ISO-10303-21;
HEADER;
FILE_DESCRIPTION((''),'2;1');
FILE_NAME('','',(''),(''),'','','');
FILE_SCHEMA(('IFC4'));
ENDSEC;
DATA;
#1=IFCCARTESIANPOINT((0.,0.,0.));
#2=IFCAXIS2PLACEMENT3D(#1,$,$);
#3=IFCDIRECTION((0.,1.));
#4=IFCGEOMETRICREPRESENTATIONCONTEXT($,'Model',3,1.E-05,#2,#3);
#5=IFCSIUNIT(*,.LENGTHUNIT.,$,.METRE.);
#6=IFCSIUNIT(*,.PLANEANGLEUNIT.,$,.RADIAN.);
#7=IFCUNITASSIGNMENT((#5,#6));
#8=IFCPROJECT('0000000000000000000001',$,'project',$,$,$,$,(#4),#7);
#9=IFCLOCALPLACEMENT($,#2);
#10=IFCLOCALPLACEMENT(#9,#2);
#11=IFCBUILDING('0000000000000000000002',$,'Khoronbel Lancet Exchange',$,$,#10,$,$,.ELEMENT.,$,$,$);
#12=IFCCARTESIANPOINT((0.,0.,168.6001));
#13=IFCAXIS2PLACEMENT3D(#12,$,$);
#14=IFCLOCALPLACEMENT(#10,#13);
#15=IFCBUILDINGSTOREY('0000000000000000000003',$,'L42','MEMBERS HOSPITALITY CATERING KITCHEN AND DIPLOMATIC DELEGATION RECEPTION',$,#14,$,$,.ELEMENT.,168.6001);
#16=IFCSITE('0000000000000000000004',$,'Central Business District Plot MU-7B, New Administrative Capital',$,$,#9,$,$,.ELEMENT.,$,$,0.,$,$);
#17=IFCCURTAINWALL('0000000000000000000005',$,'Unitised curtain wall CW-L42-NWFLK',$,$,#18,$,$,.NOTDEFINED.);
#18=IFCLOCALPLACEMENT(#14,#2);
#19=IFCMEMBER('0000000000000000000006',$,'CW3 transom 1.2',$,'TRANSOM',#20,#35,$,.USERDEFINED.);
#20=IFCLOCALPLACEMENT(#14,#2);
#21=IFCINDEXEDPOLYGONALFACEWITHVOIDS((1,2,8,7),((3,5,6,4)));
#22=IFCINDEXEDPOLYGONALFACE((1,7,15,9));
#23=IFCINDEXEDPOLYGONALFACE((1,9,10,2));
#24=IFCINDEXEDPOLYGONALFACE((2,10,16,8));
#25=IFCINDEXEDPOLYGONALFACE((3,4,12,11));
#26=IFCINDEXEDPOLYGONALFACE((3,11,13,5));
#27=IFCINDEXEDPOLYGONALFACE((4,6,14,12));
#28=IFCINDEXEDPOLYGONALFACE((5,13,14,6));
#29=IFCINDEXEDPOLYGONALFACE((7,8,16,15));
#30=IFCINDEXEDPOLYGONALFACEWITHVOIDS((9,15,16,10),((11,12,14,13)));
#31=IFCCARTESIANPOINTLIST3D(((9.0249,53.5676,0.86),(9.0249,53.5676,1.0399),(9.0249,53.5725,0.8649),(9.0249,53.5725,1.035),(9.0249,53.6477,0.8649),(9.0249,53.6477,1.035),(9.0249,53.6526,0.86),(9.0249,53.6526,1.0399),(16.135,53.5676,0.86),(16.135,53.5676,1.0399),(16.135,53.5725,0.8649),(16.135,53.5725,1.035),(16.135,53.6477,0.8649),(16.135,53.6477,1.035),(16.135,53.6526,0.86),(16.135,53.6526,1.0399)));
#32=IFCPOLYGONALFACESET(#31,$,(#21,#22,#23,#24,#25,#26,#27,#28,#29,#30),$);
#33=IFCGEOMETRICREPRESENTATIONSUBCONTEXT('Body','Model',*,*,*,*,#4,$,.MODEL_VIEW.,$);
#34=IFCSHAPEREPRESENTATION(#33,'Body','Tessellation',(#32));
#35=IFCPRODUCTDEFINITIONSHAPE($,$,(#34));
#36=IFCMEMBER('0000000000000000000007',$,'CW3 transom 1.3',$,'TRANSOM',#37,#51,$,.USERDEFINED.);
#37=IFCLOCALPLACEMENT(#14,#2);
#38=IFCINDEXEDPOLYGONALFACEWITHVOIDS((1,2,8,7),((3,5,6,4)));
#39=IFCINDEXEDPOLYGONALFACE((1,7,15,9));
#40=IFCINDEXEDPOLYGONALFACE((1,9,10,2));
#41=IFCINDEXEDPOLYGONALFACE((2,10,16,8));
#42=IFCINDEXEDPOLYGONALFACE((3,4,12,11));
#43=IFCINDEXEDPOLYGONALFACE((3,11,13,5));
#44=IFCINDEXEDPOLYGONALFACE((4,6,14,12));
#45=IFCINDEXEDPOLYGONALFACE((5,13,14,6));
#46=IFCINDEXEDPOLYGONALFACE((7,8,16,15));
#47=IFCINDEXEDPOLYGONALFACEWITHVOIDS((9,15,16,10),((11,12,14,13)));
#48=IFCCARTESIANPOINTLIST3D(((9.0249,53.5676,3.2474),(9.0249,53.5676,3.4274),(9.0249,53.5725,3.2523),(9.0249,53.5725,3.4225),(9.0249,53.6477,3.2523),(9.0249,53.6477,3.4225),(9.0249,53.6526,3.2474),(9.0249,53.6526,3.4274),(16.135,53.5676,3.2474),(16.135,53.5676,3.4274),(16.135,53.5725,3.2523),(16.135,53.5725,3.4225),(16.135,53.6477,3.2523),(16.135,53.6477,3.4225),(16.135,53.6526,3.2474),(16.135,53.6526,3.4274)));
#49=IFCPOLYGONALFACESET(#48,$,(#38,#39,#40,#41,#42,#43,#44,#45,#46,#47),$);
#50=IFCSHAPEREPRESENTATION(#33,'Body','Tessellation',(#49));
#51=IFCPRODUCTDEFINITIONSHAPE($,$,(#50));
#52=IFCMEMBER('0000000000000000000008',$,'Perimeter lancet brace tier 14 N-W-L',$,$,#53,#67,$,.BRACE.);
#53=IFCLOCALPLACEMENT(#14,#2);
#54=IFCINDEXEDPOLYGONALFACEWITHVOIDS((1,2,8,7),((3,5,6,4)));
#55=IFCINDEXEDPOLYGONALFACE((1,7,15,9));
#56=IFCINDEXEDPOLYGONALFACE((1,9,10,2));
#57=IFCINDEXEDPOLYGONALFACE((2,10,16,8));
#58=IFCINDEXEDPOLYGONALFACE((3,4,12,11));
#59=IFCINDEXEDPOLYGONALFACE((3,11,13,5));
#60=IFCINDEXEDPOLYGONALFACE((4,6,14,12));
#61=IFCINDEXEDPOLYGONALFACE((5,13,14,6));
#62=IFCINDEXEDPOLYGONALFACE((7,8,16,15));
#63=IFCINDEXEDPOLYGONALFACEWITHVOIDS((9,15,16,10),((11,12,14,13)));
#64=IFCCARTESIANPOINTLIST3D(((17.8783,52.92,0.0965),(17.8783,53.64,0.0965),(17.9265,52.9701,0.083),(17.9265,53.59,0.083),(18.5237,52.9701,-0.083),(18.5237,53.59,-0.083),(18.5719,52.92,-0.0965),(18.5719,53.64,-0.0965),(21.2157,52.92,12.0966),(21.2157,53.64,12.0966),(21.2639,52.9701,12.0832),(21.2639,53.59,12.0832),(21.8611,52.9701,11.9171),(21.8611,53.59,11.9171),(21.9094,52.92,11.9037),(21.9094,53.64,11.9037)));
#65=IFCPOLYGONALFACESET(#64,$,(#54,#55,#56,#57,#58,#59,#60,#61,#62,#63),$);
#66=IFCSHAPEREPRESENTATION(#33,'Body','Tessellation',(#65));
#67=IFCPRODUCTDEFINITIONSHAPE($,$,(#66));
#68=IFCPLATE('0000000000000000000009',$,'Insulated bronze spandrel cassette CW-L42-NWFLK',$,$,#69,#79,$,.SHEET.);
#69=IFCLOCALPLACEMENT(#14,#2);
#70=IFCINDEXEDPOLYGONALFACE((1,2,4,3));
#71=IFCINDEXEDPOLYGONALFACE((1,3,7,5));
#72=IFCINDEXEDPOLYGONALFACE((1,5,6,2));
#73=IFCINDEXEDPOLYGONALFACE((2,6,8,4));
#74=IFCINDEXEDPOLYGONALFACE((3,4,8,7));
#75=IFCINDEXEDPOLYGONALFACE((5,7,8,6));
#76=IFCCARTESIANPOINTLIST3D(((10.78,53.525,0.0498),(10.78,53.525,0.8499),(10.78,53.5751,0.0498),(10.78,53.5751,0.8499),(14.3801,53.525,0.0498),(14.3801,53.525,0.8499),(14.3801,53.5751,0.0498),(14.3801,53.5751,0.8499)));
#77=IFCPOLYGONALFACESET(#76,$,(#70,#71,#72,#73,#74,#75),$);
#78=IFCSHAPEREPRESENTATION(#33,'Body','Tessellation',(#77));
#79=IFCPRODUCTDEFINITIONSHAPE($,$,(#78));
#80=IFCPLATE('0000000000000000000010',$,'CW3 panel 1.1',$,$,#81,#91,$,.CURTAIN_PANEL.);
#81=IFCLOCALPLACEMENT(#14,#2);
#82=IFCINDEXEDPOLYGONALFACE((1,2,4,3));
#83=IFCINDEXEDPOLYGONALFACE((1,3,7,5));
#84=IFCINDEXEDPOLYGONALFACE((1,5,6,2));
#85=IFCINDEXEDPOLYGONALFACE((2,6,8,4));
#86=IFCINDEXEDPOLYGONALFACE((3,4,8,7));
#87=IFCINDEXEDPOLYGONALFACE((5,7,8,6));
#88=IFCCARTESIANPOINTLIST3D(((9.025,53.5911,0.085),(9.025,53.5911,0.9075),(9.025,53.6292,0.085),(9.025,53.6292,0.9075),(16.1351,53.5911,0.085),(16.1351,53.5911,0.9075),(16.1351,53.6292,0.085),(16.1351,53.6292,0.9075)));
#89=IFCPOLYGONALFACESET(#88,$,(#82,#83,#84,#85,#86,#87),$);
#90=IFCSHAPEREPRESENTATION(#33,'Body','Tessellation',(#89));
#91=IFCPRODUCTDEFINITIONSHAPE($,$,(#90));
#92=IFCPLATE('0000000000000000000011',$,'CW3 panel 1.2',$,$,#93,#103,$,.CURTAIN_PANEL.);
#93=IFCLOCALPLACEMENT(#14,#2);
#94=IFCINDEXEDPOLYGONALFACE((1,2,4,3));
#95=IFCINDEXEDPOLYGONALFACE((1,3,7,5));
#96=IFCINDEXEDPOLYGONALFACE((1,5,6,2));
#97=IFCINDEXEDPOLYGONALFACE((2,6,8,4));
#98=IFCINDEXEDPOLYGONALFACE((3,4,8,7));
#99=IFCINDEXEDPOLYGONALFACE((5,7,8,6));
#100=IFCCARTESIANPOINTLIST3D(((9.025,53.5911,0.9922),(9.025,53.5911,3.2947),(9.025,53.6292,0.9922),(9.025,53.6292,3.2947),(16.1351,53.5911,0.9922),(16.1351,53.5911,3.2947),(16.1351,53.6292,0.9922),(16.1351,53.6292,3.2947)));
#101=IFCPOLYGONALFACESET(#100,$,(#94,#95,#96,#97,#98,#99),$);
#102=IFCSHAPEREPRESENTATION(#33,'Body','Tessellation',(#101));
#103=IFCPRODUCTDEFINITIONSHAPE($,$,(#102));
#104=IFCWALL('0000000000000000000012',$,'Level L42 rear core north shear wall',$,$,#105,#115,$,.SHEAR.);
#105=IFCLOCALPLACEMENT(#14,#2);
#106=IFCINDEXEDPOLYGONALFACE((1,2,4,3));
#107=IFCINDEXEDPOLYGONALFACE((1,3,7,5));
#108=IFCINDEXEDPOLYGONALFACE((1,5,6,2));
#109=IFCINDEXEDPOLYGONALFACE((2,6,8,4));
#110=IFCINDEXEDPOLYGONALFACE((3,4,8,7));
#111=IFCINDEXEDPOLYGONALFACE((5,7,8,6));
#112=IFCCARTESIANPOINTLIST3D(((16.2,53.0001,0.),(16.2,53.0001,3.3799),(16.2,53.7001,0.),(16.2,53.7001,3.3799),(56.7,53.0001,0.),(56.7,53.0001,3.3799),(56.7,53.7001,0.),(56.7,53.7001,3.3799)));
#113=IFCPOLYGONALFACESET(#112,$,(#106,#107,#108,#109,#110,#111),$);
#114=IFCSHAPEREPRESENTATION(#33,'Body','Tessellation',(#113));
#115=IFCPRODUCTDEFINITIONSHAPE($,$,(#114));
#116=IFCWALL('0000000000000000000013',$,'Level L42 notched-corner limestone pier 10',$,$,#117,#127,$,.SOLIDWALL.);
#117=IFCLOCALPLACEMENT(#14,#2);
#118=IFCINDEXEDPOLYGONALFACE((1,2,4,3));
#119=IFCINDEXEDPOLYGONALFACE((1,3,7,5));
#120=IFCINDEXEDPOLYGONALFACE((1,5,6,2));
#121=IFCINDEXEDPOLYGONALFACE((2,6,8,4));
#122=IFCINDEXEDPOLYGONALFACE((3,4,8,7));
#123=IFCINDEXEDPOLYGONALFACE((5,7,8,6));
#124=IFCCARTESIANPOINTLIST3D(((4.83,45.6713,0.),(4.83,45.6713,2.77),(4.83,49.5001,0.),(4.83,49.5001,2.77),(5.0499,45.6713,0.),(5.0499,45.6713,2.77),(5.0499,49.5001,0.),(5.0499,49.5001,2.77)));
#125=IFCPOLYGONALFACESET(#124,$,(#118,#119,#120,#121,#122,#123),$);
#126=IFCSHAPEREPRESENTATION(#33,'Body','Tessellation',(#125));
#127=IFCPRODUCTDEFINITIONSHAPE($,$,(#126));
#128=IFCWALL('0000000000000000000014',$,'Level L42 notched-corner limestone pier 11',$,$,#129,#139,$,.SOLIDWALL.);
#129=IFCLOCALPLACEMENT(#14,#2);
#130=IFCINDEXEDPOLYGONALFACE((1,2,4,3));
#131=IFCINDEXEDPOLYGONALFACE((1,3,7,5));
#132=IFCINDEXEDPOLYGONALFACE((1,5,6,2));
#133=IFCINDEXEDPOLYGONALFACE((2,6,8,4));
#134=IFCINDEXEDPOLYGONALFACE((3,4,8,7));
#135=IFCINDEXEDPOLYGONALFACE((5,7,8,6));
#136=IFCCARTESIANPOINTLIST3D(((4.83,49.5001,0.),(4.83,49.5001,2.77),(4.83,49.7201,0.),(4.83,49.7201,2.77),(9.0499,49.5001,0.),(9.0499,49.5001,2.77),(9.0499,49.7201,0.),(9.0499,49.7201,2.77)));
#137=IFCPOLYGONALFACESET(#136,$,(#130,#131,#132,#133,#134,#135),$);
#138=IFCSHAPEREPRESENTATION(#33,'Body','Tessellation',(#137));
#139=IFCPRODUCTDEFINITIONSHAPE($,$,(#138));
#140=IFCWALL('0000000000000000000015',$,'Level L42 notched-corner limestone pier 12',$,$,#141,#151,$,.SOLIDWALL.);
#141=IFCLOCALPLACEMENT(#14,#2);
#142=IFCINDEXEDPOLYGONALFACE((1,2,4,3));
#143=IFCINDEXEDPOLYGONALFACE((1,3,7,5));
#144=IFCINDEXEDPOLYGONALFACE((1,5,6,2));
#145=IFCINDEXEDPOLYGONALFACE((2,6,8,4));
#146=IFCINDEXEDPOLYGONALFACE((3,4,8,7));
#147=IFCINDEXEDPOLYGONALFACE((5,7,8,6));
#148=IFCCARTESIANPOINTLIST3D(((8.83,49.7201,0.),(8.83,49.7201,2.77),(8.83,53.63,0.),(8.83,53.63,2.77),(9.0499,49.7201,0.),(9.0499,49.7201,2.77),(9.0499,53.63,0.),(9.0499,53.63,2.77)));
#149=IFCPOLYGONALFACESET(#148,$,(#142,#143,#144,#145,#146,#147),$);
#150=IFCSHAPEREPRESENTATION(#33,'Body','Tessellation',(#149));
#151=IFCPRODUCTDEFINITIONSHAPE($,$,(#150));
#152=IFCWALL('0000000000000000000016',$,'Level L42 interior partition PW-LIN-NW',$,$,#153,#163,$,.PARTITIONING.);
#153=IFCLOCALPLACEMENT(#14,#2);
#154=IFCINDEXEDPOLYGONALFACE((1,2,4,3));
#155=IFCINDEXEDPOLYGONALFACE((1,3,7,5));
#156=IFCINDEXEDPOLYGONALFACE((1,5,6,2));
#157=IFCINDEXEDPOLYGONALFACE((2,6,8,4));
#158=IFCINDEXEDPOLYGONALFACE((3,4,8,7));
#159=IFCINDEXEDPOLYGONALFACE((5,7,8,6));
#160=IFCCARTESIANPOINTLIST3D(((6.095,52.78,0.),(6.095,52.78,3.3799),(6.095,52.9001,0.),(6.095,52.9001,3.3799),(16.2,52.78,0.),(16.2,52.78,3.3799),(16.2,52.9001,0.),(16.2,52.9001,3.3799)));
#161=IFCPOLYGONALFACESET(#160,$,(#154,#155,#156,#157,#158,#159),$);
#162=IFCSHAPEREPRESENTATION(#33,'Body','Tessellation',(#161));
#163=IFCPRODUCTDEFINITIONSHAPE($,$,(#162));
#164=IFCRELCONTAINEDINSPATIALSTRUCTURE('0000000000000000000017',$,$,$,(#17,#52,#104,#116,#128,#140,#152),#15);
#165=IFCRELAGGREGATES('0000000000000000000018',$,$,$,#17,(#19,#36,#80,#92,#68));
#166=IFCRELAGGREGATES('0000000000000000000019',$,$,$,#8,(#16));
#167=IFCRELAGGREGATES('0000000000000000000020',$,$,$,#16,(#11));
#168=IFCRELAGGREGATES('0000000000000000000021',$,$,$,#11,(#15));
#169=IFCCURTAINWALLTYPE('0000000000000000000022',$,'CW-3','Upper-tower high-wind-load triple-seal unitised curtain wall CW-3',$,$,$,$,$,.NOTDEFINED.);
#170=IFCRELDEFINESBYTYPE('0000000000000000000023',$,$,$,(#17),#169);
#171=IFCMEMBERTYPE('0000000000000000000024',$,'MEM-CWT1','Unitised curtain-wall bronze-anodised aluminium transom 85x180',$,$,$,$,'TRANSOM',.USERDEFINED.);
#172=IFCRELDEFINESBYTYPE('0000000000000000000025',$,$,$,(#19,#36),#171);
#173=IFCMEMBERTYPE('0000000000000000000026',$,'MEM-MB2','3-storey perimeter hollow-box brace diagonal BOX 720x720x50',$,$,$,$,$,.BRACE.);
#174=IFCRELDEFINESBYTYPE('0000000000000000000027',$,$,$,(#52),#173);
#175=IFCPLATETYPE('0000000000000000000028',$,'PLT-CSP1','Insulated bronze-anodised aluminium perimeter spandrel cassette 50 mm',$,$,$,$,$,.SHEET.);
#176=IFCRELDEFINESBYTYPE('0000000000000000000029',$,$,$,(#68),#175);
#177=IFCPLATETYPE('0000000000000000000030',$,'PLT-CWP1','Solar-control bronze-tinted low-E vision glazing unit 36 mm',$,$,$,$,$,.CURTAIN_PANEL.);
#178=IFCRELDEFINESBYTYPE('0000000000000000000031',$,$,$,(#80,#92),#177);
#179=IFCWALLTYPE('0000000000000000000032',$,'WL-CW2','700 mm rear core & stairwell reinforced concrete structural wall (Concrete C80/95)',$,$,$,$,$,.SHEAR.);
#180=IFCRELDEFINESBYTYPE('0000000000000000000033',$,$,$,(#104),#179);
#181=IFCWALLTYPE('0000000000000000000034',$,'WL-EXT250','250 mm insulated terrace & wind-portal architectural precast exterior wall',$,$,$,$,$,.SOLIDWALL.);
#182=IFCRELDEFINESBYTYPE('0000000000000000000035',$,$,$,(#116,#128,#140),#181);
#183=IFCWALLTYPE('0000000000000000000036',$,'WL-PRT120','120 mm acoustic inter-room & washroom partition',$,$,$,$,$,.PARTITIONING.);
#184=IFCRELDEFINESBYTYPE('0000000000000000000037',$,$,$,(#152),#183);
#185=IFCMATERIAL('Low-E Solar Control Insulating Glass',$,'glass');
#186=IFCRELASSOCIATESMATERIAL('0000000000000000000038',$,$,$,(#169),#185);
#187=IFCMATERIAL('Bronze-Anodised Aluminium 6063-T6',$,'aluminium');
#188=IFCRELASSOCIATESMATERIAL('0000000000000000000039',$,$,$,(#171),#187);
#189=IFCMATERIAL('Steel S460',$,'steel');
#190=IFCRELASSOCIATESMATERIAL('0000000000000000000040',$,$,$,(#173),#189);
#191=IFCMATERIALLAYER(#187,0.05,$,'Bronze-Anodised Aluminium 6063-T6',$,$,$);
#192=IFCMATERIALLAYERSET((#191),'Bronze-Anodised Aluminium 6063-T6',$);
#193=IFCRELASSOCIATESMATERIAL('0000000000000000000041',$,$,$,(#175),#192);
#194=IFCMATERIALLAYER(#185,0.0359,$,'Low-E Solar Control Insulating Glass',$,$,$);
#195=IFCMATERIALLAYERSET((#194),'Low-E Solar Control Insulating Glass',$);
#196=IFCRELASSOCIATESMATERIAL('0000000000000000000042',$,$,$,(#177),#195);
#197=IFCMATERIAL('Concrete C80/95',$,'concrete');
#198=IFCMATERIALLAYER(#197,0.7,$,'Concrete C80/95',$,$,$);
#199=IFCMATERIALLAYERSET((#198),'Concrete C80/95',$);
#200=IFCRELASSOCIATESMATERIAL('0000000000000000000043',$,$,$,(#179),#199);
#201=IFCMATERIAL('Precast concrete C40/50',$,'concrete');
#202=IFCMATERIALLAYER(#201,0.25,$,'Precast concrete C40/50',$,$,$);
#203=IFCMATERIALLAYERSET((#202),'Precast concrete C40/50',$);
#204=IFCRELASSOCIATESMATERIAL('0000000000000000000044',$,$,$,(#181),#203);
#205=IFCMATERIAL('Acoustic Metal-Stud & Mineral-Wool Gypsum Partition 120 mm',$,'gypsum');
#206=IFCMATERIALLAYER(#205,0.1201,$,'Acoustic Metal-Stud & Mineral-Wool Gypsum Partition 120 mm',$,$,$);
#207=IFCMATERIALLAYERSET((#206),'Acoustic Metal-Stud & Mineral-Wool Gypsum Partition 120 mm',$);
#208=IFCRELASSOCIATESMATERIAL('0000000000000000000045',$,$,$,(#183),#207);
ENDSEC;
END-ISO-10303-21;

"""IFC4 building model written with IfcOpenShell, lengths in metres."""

from ifc_helpers import new_model, si_unit, direction, frame, frame_2d, origin, origin_2d, place, context, subcontext, project, spatial, rectangle, hollow_rectangle, extrude, material, layer, layer_set, material_profile, profile_set, type_object, element, aggregate, save


model = new_model("IFC4")

# Units and contexts
model_context = context("Model", 3, precision=1e-05, world=origin(), true_north=direction((0.0, 1.0)))
body_context = subcontext(model_context, "Body", "Model", "MODEL_VIEW")
ifc_project = project(units=[si_unit("LENGTHUNIT", "METRE"), si_unit("PLANEANGLEUNIT", "RADIAN")], contexts=[model_context])

# Site, building, storey
site_placement = place(None, origin())
site = spatial("IfcSite", under=ifc_project, at=site_placement, Name="Central Business District Plot MU-7B, New Administrative Capital", CompositionType="ELEMENT", RefElevation=0.0)
building_placement = place(site_placement, origin())
building = spatial("IfcBuilding", under=site, at=building_placement, Name="Khoronbel Lancet Exchange", CompositionType="ELEMENT")
storey_placement = place(building_placement, frame((0.0, 0.0, 168.6001)))
storey = spatial("IfcBuildingStorey", under=building, at=storey_placement, Name="L42", Description="MEMBERS HOSPITALITY CATERING KITCHEN AND DIPLOMATIC DELEGATION RECEPTION", CompositionType="ELEMENT", Elevation=168.6001)

# Shared definitions
ifc_material_1 = material(Name="Steel S460", Category="steel")

# Curtain wall, members
ifc_material_2 = material(Name="Low-E Solar Control Insulating Glass", Category="glass")
curtain_wall_type = type_object("IfcCurtainWallType", Name="CW-3", Description="Upper-tower high-wind-load triple-seal unitised curtain wall CW-3", PredefinedType="NOTDEFINED", material=ifc_material_2)
curtain_wall_placement = place(storey_placement, origin())
curtain_wall = element("IfcCurtainWall", 1, at=curtain_wall_placement, inside=storey, type_object=curtain_wall_type, Name="Unitised curtain wall CW-L42-NWFLK", PredefinedType="NOTDEFINED")
ifc_material_3 = material(Name="Bronze-Anodised Aluminium 6063-T6", Category="aluminium")
ifc_material_profile_1 = material_profile(ifc_material_3, hollow_rectangle(XDim=0.085, YDim=0.1799, WallThickness=0.0049, at=origin_2d()), Name="ALU TRANSOM 85x180")
ifc_profile_set_1 = profile_set([ifc_material_profile_1], Name="Bronze-Anodised Aluminium 6063-T6")
member_type_1 = type_object("IfcMemberType", Name="MEM-CWT1", Description="Unitised curtain-wall bronze-anodised aluminium transom 85x180", ElementType="TRANSOM", PredefinedType="USERDEFINED", material=ifc_profile_set_1)
member_1_placement = place(storey_placement, frame((16.135, 53.6101, 0.95), z_axis=(-1.0, 0.0, 0.0), x_axis=(0.0, -1.0, 0.0)))
member_1 = element("IfcMember", 2, at=member_1_placement, type_object=member_type_1, Name="CW3 transom 1.2", ObjectType="TRANSOM", PredefinedType="USERDEFINED", context=body_context, shape_type="SweptSolid", body=[
    extrude(hollow_rectangle(XDim=0.085, YDim=0.1799, WallThickness=0.0049, at=origin_2d()), origin(), (0.0, 0.0, 1.0), 7.1101),
])
member_2_placement = place(storey_placement, frame((16.135, 53.6101, 3.3374), z_axis=(-1.0, 0.0, 0.0), x_axis=(0.0, -1.0, 0.0)))
member_2 = element("IfcMember", 3, at=member_2_placement, type_object=member_type_1, Name="CW3 transom 1.3", ObjectType="TRANSOM", PredefinedType="USERDEFINED", context=body_context, shape_type="SweptSolid", body=[
    extrude(hollow_rectangle(XDim=0.085, YDim=0.1799, WallThickness=0.0049, at=origin_2d()), origin(), (0.0, 0.0, 1.0), 7.1101),
])

# Member
ifc_material_profile_2 = material_profile(ifc_material_1, hollow_rectangle(XDim=0.72, YDim=0.72, WallThickness=0.05, at=origin_2d()), Name="BOX 720x720x50")
ifc_profile_set_2 = profile_set([ifc_material_profile_2], Name="Steel S460")
member_type_2 = type_object("IfcMemberType", Name="MEM-MB2", Description="3-storey perimeter hollow-box brace diagonal BOX 720x720x50", PredefinedType="BRACE", material=ifc_profile_set_2)
member_3_placement = place(storey_placement, frame((18.2251, 53.28, 0.0), z_axis=(0.267947, 0.0, 0.963434), x_axis=(0.0, 1.0, 0.0)))
element("IfcMember", 4, at=member_3_placement, inside=storey, type_object=member_type_2, Name="Perimeter lancet brace tier 14 N-W-L", PredefinedType="BRACE", context=body_context, shape_type="SweptSolid", body=[
    extrude(hollow_rectangle(XDim=0.72, YDim=0.72, WallThickness=0.05, at=origin_2d()), origin(), (0.0, 0.0, 1.0), 12.4556),
])

# Plates
ifc_layer_1 = layer(ifc_material_3, 0.05, Name="Bronze-Anodised Aluminium 6063-T6")
ifc_layer_set_1 = layer_set([ifc_layer_1], Name="Bronze-Anodised Aluminium 6063-T6")
plate_type_1 = type_object("IfcPlateType", Name="PLT-CSP1", Description="Insulated bronze-anodised aluminium perimeter spandrel cassette 50 mm", PredefinedType="SHEET", material=ifc_layer_set_1)
plate_1_placement = place(storey_placement, frame((12.5801, 53.55, 0.0498), z_axis=(0.0, 0.0, 1.0), x_axis=(-1.0, 0.0, 0.0)))
plate_1 = element("IfcPlate", 5, at=plate_1_placement, type_object=plate_type_1, Name="Insulated bronze spandrel cassette CW-L42-NWFLK", PredefinedType="SHEET", context=body_context, shape_type="SweptSolid", body=[
    extrude(rectangle(XDim=3.6001, YDim=0.05, at=origin_2d()), origin(), (0.0, 0.0, 1.0), 0.8),
])
ifc_layer_2 = layer(ifc_material_2, 0.0359, Name="Low-E Solar Control Insulating Glass")
ifc_layer_set_2 = layer_set([ifc_layer_2], Name="Low-E Solar Control Insulating Glass")
plate_type_2 = type_object("IfcPlateType", Name="PLT-CWP1", Description="Solar-control bronze-tinted low-E vision glazing unit 36 mm", PredefinedType="CURTAIN_PANEL", material=ifc_layer_set_2)
plate_2_placement = place(storey_placement, frame((12.5801, 53.6101, 0.085), z_axis=(0.0, 0.0, 1.0), x_axis=(-1.0, 0.0, 0.0)))
plate_2 = element("IfcPlate", 6, at=plate_2_placement, type_object=plate_type_2, Name="CW3 panel 1.1", PredefinedType="CURTAIN_PANEL", context=body_context, shape_type="SweptSolid", body=[
    extrude(rectangle(XDim=7.1101, YDim=0.0381, at=origin_2d()), origin(), (0.0, 0.0, 1.0), 0.8225),
])
plate_3_placement = place(storey_placement, frame((12.5801, 53.6101, 0.9922), z_axis=(0.0, 0.0, 1.0), x_axis=(-1.0, 0.0, 0.0)))
plate_3 = element("IfcPlate", 7, at=plate_3_placement, type_object=plate_type_2, Name="CW3 panel 1.2", PredefinedType="CURTAIN_PANEL", context=body_context, shape_type="SweptSolid", body=[
    extrude(rectangle(XDim=7.1101, YDim=0.0381, at=origin_2d()), origin(), (0.0, 0.0, 1.0), 2.3025),
])
aggregate(curtain_wall, [member_1, member_2, plate_2, plate_3, plate_1])

# Walls
ifc_material_4 = material(Name="Concrete C80/95", Category="concrete")
ifc_layer_3 = layer(ifc_material_4, 0.7, Name="Concrete C80/95")
ifc_layer_set_3 = layer_set([ifc_layer_3], Name="Concrete C80/95")
wall_type_1 = type_object("IfcWallType", Name="WL-CW2", Description="700 mm rear core & stairwell reinforced concrete structural wall (Concrete C80/95)", PredefinedType="SHEAR", material=ifc_layer_set_3)
wall_1_placement = place(storey_placement, frame((16.2, 53.3501, 0.0), z_axis=(0.0, 0.0, 1.0), x_axis=(1.0, 0.0, 0.0)))
element("IfcWall", 8, at=wall_1_placement, inside=storey, type_object=wall_type_1, Name="Level L42 rear core north shear wall", PredefinedType="SHEAR", context=body_context, shape_type="SweptSolid", body=[
    extrude(rectangle(XDim=40.5, YDim=0.7, at=frame_2d((20.25, 0.0))), origin(), (0.0, 0.0, 1.0), 3.3799),
])
ifc_material_5 = material(Name="Precast concrete C40/50", Category="concrete")
ifc_layer_4 = layer(ifc_material_5, 0.25, Name="Precast concrete C40/50")
ifc_layer_set_4 = layer_set([ifc_layer_4], Name="Precast concrete C40/50")
wall_type_2 = type_object("IfcWallType", Name="WL-EXT250", Description="250 mm insulated terrace & wind-portal architectural precast exterior wall", PredefinedType="SOLIDWALL", material=ifc_layer_set_4)
wall_2_placement = place(storey_placement, frame((4.9399, 45.6711, 0.0), z_axis=(0.0, 0.0, 1.0), x_axis=(0.0, 1.0, 0.0)))
element("IfcWall", 9, at=wall_2_placement, inside=storey, type_object=wall_type_2, Name="Level L42 notched-corner limestone pier 10", PredefinedType="SOLIDWALL", context=body_context, shape_type="SweptSolid", body=[
    extrude(rectangle(XDim=3.8289, YDim=0.22, at=frame_2d((1.9146, 0.0))), origin(), (0.0, 0.0, 1.0), 2.77),
])
wall_3_placement = place(storey_placement, frame((4.8301, 49.6101, 0.0), z_axis=(0.0, 0.0, 1.0), x_axis=(1.0, 0.0, 0.0)))
element("IfcWall", 10, at=wall_3_placement, inside=storey, type_object=wall_type_2, Name="Level L42 notched-corner limestone pier 11", PredefinedType="SOLIDWALL", context=body_context, shape_type="SweptSolid", body=[
    extrude(rectangle(XDim=4.22, YDim=0.22, at=frame_2d((2.1099, 0.0))), origin(), (0.0, 0.0, 1.0), 2.77),
])
wall_4_placement = place(storey_placement, frame((8.9399, 49.72, 0.0), z_axis=(0.0, 0.0, 1.0), x_axis=(0.0, 1.0, 0.0)))
element("IfcWall", 11, at=wall_4_placement, inside=storey, type_object=wall_type_2, Name="Level L42 notched-corner limestone pier 12", PredefinedType="SOLIDWALL", context=body_context, shape_type="SweptSolid", body=[
    extrude(rectangle(XDim=3.9099, YDim=0.22, at=frame_2d((1.9551, 0.0))), origin(), (0.0, 0.0, 1.0), 2.77),
])
ifc_material_6 = material(Name="Acoustic Metal-Stud & Mineral-Wool Gypsum Partition 120 mm", Category="gypsum")
ifc_layer_5 = layer(ifc_material_6, 0.1201, Name="Acoustic Metal-Stud & Mineral-Wool Gypsum Partition 120 mm")
ifc_layer_set_5 = layer_set([ifc_layer_5], Name="Acoustic Metal-Stud & Mineral-Wool Gypsum Partition 120 mm")
wall_type_3 = type_object("IfcWallType", Name="WL-PRT120", Description="120 mm acoustic inter-room & washroom partition", PredefinedType="PARTITIONING", material=ifc_layer_set_5)
wall_5_placement = place(storey_placement, frame((6.095, 52.8401, 0.0), z_axis=(0.0, 0.0, 1.0), x_axis=(1.0, 0.0, 0.0)))
element("IfcWall", 12, at=wall_5_placement, inside=storey, type_object=wall_type_3, Name="Level L42 interior partition PW-LIN-NW", PredefinedType="PARTITIONING", context=body_context, shape_type="SweptSolid", body=[
    extrude(rectangle(XDim=10.105, YDim=0.1201, at=frame_2d((5.0525, 0.0))), origin(), (0.0, 0.0, 1.0), 3.3799),
])

save(model, "model.ifc")
